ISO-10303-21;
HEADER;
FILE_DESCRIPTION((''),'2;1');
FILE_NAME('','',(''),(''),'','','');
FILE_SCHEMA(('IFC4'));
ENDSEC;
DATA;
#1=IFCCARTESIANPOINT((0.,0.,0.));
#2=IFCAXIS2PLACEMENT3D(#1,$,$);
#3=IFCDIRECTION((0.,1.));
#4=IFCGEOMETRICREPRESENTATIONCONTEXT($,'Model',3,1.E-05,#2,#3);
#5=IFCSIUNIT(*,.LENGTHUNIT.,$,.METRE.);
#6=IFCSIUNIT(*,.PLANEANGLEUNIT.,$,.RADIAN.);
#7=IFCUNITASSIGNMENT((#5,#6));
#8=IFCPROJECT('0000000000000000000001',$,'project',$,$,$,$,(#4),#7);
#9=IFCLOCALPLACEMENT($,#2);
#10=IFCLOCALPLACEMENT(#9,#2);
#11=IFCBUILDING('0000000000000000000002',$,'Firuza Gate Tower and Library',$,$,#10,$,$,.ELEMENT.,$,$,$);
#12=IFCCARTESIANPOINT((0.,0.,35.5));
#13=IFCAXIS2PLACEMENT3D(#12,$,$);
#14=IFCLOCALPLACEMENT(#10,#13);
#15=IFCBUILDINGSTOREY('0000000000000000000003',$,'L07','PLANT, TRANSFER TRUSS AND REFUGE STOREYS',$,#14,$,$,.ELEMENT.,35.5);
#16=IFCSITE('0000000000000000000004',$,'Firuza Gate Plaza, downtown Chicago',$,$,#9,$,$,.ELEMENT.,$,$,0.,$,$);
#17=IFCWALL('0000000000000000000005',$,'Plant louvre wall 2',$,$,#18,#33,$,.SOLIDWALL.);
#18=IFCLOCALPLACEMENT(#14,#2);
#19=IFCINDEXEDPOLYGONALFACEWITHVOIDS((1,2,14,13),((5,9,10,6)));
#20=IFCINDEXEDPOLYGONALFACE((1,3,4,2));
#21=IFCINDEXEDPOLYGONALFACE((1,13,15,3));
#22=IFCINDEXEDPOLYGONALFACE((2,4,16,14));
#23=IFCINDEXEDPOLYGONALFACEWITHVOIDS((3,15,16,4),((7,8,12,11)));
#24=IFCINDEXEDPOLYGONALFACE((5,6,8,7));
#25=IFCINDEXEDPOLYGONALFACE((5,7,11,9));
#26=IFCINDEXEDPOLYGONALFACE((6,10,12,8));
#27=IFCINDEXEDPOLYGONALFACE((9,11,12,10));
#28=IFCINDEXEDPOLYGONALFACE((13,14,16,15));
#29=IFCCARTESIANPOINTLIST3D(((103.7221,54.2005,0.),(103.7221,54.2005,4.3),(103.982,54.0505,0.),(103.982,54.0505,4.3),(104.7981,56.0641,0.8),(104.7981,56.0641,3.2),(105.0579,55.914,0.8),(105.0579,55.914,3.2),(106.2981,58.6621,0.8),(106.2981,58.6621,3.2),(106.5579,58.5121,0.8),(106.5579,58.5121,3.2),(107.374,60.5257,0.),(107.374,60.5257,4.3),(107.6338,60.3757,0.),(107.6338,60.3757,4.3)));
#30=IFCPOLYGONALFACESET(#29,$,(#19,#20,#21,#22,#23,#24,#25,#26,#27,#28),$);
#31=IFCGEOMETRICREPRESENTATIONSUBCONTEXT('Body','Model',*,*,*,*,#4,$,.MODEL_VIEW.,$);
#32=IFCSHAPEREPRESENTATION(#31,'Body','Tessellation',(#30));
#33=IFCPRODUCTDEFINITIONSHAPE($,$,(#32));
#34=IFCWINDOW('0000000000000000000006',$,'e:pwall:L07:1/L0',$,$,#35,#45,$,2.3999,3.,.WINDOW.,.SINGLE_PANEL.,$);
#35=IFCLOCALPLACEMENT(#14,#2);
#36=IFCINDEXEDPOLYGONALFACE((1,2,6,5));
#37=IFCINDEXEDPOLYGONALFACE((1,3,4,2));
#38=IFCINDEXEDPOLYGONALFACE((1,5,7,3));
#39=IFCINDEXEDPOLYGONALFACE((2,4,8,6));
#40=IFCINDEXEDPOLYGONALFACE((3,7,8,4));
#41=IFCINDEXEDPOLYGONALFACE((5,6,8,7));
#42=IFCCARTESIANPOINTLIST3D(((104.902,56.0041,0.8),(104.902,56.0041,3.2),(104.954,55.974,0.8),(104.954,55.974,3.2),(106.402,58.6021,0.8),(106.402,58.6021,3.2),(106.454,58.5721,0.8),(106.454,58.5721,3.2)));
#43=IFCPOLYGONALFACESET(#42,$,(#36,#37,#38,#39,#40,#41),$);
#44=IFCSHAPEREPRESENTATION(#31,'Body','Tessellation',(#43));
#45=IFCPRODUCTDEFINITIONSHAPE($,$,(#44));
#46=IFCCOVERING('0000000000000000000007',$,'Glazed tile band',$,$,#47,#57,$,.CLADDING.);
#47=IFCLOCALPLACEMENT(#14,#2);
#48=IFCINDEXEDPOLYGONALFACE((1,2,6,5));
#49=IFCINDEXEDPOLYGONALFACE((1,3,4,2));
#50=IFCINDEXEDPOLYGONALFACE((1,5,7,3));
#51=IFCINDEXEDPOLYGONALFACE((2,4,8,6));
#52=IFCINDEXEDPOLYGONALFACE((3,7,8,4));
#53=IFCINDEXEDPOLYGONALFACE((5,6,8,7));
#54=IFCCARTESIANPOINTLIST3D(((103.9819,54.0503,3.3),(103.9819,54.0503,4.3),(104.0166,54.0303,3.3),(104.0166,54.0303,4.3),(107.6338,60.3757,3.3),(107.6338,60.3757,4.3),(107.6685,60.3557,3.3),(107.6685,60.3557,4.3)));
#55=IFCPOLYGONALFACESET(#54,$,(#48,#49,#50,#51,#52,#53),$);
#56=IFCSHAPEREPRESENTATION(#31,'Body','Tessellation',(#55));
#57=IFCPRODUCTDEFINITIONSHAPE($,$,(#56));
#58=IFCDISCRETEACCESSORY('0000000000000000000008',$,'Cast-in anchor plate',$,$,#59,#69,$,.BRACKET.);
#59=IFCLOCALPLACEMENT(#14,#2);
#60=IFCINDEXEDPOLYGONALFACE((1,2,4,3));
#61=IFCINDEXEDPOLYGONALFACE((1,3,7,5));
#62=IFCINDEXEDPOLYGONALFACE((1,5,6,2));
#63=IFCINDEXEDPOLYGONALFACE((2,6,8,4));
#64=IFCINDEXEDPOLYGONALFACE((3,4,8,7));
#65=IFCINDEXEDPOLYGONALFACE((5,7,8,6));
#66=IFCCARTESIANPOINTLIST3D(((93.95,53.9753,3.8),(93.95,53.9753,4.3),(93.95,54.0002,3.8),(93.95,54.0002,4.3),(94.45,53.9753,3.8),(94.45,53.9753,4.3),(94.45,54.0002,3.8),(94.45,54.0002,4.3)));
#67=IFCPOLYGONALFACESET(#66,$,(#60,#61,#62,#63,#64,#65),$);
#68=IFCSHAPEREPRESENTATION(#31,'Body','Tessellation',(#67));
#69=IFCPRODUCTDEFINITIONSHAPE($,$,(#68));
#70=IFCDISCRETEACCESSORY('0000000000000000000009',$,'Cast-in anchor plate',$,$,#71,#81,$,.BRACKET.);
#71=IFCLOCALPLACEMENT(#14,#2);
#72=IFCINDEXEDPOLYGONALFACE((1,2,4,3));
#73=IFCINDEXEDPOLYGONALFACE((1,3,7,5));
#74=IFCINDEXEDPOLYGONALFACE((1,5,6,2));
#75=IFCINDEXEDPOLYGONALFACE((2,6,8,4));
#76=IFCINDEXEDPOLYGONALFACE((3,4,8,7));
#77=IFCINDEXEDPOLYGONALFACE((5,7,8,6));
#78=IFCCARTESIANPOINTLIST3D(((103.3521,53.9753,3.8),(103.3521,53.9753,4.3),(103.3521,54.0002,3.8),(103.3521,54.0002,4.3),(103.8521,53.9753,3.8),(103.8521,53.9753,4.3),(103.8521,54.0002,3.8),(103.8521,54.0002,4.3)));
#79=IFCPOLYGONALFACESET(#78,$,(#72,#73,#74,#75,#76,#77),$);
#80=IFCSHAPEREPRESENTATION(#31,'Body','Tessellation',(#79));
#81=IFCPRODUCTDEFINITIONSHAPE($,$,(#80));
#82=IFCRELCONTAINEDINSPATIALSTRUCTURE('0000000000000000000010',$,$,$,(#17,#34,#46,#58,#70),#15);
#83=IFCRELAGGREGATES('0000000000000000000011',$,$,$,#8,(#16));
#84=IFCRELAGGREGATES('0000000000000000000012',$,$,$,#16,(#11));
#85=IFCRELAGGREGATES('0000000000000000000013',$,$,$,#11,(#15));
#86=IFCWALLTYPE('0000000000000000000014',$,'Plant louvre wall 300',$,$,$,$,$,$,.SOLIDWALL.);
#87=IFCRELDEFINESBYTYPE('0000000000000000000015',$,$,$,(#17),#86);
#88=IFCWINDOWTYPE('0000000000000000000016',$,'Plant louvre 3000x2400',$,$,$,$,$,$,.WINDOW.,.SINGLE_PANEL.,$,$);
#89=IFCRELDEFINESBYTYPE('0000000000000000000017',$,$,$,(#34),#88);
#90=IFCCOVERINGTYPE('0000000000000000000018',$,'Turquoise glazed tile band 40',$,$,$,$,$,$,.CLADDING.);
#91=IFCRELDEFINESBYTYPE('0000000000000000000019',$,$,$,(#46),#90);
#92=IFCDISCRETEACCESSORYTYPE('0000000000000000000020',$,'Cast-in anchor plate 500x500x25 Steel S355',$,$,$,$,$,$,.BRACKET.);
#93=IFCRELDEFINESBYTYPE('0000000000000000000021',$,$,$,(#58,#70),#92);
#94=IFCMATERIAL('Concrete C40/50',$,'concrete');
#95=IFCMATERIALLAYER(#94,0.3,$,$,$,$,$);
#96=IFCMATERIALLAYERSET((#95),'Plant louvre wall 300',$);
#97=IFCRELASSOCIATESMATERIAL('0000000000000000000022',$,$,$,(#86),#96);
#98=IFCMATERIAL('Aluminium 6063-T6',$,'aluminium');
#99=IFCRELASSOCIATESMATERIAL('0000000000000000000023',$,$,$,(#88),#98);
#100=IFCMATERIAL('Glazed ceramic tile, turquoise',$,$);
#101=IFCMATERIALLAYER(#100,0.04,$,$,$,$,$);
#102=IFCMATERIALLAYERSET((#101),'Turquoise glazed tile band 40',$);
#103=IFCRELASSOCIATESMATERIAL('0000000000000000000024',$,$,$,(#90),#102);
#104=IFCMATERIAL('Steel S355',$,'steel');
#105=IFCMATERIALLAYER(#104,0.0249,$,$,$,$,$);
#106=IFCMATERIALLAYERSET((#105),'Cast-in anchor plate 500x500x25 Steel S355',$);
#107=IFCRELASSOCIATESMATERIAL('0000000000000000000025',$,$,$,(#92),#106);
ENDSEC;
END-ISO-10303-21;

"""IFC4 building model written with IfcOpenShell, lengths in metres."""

from ifc_helpers import new_model, si_unit, direction, frame, frame_2d, origin, origin_2d, place, context, subcontext, project, spatial, polyline, rectangle, outline, extrude, material, layer, layer_set, type_object, element, fill, save


model = new_model("IFC4")

# Units and contexts
model_context = context("Model", 3, precision=1e-05, world=origin(), true_north=direction((0.0, 1.0)))
body_context = subcontext(model_context, "Body", "Model", "MODEL_VIEW")
ifc_project = project(units=[si_unit("LENGTHUNIT", "METRE"), si_unit("PLANEANGLEUNIT", "RADIAN")], contexts=[model_context])

# Site, building, storey
site_placement = place(None, origin())
site = spatial("IfcSite", under=ifc_project, at=site_placement, Name="Firuza Gate Plaza, downtown Chicago", CompositionType="ELEMENT", RefElevation=0.0)
building_placement = place(site_placement, origin())
building = spatial("IfcBuilding", under=site, at=building_placement, Name="Firuza Gate Tower and Library", CompositionType="ELEMENT")
storey_placement = place(building_placement, frame((0.0, 0.0, 35.5)))
storey = spatial("IfcBuildingStorey", under=building, at=storey_placement, Name="L07", Description="PLANT, TRANSFER TRUSS AND REFUGE STOREYS", CompositionType="ELEMENT", Elevation=35.5)

# Wall, opening, window
ifc_material_1 = material(Name="Concrete C40/50", Category="concrete")
ifc_layer_1 = layer(ifc_material_1, 0.3)
ifc_layer_set_1 = layer_set([ifc_layer_1], Name="Plant louvre wall 300")
wall_type_1 = type_object("IfcWallType", Name="Plant louvre wall 300", PredefinedType="SOLIDWALL", material=ifc_layer_set_1)
wall_1_placement = place(storey_placement, frame((103.8521, 54.1255, 0.0), z_axis=(0.0, 0.0, 1.0), x_axis=(0.5, 0.866025, 0.0)))
wall_1 = element("IfcWall", 1, at=wall_1_placement, inside=storey, type_object=wall_type_1, Name="Plant louvre wall 2", PredefinedType="SOLIDWALL", context=body_context, shape_type="SweptSolid", body=[
    extrude(rectangle(XDim=7.3037, YDim=0.3, at=frame_2d((3.6519, 0.0))), origin(), (0.0, 0.0, 1.0), 4.3),
])
opening_1_placement = place(wall_1_placement, frame((2.1519, 0.0, 0.8)))
opening_1 = element("IfcOpeningElement", 2, at=opening_1_placement, cuts=wall_1, PredefinedType="OPENING", context=body_context, shape_type="SweptSolid", body=[
    extrude(rectangle(XDim=3.0, YDim=2.3999, at=frame_2d((1.5, 1.2))), frame((0.0, 0.1602, 0.0), z_axis=(0.0, -1.0, 0.0), x_axis=(1.0, 0.0, 0.0)), (0.0, 0.0, 1.0), 0.3201),
])
ifc_material_2 = material(Name="Aluminium 6063-T6", Category="aluminium")
window_type = type_object("IfcWindowType", Name="Plant louvre 3000x2400", PartitioningType="SINGLE_PANEL", PredefinedType="WINDOW", material=ifc_material_2)
window_placement = place(opening_1_placement, origin())
window = element("IfcWindow", 3, at=window_placement, inside=storey, type_object=window_type, Name="e:pwall:L07:1/L0", OverallHeight=2.3999, OverallWidth=3.0, PartitioningType="SINGLE_PANEL", PredefinedType="WINDOW", context=body_context, shape_type="SweptSolid", body=[
    extrude(rectangle(XDim=3.0, YDim=2.3999, at=frame_2d((1.5, 1.2))), frame((0.0, 0.03, 0.0), z_axis=(0.0, -1.0, 0.0), x_axis=(1.0, 0.0, 0.0)), (0.0, 0.0, 1.0), 0.0601),
])
fill(opening_1, window)

# Covering
ifc_material_3 = material(Name="Glazed ceramic tile, turquoise")
ifc_layer_2 = layer(ifc_material_3, 0.04)
ifc_layer_set_2 = layer_set([ifc_layer_2], Name="Turquoise glazed tile band 40")
covering_type = type_object("IfcCoveringType", Name="Turquoise glazed tile band 40", PredefinedType="CLADDING", material=ifc_layer_set_2)
covering_placement = place(storey_placement, frame((104.0166, 54.0303, 3.3), z_axis=(0.866034, -0.499986, 0.0), x_axis=(0.499986, 0.866034, 0.0)))
element("IfcCovering", 4, at=covering_placement, inside=storey, type_object=covering_type, Name="Glazed tile band", PredefinedType="CLADDING", context=body_context, shape_type="SweptSolid", body=[
    extrude(outline(polyline([(0.0, 0.0), (7.3039, 0.0), (7.3039, 1.0), (0.0, 1.0), (0.0, 0.0)])), origin(), (0.0, 0.0, -1.0), 0.04),
])

# Discrete accessories
ifc_material_4 = material(Name="Steel S355", Category="steel")
ifc_layer_3 = layer(ifc_material_4, 0.0249)
ifc_layer_set_3 = layer_set([ifc_layer_3], Name="Cast-in anchor plate 500x500x25 Steel S355")
discrete_accessory_type = type_object("IfcDiscreteAccessoryType", Name="Cast-in anchor plate 500x500x25 Steel S355", PredefinedType="BRACKET", material=ifc_layer_set_3)
for number, where, z_axis, x_axis, name in (
    (5, (94.2, 53.9878, 3.8), (0.0, 0.0, 1.0), (1.0, 0.0, 0.0), "Cast-in anchor plate"),
    (6, (103.6021, 53.9878, 3.8), (0.0, 0.0, 1.0), (1.0, 0.0, 0.0), "Cast-in anchor plate"),
):
    element("IfcDiscreteAccessory", number, at=place(storey_placement, frame(where, z_axis=z_axis, x_axis=x_axis)), inside=storey, type_object=discrete_accessory_type, Name=name, PredefinedType="BRACKET", context=body_context, shape_type="SweptSolid", body=[
        extrude(rectangle(XDim=0.5, YDim=0.0249, at=origin_2d()), origin(), (0.0, 0.0, 1.0), 0.5),
    ])

save(model, "model.ifc")
